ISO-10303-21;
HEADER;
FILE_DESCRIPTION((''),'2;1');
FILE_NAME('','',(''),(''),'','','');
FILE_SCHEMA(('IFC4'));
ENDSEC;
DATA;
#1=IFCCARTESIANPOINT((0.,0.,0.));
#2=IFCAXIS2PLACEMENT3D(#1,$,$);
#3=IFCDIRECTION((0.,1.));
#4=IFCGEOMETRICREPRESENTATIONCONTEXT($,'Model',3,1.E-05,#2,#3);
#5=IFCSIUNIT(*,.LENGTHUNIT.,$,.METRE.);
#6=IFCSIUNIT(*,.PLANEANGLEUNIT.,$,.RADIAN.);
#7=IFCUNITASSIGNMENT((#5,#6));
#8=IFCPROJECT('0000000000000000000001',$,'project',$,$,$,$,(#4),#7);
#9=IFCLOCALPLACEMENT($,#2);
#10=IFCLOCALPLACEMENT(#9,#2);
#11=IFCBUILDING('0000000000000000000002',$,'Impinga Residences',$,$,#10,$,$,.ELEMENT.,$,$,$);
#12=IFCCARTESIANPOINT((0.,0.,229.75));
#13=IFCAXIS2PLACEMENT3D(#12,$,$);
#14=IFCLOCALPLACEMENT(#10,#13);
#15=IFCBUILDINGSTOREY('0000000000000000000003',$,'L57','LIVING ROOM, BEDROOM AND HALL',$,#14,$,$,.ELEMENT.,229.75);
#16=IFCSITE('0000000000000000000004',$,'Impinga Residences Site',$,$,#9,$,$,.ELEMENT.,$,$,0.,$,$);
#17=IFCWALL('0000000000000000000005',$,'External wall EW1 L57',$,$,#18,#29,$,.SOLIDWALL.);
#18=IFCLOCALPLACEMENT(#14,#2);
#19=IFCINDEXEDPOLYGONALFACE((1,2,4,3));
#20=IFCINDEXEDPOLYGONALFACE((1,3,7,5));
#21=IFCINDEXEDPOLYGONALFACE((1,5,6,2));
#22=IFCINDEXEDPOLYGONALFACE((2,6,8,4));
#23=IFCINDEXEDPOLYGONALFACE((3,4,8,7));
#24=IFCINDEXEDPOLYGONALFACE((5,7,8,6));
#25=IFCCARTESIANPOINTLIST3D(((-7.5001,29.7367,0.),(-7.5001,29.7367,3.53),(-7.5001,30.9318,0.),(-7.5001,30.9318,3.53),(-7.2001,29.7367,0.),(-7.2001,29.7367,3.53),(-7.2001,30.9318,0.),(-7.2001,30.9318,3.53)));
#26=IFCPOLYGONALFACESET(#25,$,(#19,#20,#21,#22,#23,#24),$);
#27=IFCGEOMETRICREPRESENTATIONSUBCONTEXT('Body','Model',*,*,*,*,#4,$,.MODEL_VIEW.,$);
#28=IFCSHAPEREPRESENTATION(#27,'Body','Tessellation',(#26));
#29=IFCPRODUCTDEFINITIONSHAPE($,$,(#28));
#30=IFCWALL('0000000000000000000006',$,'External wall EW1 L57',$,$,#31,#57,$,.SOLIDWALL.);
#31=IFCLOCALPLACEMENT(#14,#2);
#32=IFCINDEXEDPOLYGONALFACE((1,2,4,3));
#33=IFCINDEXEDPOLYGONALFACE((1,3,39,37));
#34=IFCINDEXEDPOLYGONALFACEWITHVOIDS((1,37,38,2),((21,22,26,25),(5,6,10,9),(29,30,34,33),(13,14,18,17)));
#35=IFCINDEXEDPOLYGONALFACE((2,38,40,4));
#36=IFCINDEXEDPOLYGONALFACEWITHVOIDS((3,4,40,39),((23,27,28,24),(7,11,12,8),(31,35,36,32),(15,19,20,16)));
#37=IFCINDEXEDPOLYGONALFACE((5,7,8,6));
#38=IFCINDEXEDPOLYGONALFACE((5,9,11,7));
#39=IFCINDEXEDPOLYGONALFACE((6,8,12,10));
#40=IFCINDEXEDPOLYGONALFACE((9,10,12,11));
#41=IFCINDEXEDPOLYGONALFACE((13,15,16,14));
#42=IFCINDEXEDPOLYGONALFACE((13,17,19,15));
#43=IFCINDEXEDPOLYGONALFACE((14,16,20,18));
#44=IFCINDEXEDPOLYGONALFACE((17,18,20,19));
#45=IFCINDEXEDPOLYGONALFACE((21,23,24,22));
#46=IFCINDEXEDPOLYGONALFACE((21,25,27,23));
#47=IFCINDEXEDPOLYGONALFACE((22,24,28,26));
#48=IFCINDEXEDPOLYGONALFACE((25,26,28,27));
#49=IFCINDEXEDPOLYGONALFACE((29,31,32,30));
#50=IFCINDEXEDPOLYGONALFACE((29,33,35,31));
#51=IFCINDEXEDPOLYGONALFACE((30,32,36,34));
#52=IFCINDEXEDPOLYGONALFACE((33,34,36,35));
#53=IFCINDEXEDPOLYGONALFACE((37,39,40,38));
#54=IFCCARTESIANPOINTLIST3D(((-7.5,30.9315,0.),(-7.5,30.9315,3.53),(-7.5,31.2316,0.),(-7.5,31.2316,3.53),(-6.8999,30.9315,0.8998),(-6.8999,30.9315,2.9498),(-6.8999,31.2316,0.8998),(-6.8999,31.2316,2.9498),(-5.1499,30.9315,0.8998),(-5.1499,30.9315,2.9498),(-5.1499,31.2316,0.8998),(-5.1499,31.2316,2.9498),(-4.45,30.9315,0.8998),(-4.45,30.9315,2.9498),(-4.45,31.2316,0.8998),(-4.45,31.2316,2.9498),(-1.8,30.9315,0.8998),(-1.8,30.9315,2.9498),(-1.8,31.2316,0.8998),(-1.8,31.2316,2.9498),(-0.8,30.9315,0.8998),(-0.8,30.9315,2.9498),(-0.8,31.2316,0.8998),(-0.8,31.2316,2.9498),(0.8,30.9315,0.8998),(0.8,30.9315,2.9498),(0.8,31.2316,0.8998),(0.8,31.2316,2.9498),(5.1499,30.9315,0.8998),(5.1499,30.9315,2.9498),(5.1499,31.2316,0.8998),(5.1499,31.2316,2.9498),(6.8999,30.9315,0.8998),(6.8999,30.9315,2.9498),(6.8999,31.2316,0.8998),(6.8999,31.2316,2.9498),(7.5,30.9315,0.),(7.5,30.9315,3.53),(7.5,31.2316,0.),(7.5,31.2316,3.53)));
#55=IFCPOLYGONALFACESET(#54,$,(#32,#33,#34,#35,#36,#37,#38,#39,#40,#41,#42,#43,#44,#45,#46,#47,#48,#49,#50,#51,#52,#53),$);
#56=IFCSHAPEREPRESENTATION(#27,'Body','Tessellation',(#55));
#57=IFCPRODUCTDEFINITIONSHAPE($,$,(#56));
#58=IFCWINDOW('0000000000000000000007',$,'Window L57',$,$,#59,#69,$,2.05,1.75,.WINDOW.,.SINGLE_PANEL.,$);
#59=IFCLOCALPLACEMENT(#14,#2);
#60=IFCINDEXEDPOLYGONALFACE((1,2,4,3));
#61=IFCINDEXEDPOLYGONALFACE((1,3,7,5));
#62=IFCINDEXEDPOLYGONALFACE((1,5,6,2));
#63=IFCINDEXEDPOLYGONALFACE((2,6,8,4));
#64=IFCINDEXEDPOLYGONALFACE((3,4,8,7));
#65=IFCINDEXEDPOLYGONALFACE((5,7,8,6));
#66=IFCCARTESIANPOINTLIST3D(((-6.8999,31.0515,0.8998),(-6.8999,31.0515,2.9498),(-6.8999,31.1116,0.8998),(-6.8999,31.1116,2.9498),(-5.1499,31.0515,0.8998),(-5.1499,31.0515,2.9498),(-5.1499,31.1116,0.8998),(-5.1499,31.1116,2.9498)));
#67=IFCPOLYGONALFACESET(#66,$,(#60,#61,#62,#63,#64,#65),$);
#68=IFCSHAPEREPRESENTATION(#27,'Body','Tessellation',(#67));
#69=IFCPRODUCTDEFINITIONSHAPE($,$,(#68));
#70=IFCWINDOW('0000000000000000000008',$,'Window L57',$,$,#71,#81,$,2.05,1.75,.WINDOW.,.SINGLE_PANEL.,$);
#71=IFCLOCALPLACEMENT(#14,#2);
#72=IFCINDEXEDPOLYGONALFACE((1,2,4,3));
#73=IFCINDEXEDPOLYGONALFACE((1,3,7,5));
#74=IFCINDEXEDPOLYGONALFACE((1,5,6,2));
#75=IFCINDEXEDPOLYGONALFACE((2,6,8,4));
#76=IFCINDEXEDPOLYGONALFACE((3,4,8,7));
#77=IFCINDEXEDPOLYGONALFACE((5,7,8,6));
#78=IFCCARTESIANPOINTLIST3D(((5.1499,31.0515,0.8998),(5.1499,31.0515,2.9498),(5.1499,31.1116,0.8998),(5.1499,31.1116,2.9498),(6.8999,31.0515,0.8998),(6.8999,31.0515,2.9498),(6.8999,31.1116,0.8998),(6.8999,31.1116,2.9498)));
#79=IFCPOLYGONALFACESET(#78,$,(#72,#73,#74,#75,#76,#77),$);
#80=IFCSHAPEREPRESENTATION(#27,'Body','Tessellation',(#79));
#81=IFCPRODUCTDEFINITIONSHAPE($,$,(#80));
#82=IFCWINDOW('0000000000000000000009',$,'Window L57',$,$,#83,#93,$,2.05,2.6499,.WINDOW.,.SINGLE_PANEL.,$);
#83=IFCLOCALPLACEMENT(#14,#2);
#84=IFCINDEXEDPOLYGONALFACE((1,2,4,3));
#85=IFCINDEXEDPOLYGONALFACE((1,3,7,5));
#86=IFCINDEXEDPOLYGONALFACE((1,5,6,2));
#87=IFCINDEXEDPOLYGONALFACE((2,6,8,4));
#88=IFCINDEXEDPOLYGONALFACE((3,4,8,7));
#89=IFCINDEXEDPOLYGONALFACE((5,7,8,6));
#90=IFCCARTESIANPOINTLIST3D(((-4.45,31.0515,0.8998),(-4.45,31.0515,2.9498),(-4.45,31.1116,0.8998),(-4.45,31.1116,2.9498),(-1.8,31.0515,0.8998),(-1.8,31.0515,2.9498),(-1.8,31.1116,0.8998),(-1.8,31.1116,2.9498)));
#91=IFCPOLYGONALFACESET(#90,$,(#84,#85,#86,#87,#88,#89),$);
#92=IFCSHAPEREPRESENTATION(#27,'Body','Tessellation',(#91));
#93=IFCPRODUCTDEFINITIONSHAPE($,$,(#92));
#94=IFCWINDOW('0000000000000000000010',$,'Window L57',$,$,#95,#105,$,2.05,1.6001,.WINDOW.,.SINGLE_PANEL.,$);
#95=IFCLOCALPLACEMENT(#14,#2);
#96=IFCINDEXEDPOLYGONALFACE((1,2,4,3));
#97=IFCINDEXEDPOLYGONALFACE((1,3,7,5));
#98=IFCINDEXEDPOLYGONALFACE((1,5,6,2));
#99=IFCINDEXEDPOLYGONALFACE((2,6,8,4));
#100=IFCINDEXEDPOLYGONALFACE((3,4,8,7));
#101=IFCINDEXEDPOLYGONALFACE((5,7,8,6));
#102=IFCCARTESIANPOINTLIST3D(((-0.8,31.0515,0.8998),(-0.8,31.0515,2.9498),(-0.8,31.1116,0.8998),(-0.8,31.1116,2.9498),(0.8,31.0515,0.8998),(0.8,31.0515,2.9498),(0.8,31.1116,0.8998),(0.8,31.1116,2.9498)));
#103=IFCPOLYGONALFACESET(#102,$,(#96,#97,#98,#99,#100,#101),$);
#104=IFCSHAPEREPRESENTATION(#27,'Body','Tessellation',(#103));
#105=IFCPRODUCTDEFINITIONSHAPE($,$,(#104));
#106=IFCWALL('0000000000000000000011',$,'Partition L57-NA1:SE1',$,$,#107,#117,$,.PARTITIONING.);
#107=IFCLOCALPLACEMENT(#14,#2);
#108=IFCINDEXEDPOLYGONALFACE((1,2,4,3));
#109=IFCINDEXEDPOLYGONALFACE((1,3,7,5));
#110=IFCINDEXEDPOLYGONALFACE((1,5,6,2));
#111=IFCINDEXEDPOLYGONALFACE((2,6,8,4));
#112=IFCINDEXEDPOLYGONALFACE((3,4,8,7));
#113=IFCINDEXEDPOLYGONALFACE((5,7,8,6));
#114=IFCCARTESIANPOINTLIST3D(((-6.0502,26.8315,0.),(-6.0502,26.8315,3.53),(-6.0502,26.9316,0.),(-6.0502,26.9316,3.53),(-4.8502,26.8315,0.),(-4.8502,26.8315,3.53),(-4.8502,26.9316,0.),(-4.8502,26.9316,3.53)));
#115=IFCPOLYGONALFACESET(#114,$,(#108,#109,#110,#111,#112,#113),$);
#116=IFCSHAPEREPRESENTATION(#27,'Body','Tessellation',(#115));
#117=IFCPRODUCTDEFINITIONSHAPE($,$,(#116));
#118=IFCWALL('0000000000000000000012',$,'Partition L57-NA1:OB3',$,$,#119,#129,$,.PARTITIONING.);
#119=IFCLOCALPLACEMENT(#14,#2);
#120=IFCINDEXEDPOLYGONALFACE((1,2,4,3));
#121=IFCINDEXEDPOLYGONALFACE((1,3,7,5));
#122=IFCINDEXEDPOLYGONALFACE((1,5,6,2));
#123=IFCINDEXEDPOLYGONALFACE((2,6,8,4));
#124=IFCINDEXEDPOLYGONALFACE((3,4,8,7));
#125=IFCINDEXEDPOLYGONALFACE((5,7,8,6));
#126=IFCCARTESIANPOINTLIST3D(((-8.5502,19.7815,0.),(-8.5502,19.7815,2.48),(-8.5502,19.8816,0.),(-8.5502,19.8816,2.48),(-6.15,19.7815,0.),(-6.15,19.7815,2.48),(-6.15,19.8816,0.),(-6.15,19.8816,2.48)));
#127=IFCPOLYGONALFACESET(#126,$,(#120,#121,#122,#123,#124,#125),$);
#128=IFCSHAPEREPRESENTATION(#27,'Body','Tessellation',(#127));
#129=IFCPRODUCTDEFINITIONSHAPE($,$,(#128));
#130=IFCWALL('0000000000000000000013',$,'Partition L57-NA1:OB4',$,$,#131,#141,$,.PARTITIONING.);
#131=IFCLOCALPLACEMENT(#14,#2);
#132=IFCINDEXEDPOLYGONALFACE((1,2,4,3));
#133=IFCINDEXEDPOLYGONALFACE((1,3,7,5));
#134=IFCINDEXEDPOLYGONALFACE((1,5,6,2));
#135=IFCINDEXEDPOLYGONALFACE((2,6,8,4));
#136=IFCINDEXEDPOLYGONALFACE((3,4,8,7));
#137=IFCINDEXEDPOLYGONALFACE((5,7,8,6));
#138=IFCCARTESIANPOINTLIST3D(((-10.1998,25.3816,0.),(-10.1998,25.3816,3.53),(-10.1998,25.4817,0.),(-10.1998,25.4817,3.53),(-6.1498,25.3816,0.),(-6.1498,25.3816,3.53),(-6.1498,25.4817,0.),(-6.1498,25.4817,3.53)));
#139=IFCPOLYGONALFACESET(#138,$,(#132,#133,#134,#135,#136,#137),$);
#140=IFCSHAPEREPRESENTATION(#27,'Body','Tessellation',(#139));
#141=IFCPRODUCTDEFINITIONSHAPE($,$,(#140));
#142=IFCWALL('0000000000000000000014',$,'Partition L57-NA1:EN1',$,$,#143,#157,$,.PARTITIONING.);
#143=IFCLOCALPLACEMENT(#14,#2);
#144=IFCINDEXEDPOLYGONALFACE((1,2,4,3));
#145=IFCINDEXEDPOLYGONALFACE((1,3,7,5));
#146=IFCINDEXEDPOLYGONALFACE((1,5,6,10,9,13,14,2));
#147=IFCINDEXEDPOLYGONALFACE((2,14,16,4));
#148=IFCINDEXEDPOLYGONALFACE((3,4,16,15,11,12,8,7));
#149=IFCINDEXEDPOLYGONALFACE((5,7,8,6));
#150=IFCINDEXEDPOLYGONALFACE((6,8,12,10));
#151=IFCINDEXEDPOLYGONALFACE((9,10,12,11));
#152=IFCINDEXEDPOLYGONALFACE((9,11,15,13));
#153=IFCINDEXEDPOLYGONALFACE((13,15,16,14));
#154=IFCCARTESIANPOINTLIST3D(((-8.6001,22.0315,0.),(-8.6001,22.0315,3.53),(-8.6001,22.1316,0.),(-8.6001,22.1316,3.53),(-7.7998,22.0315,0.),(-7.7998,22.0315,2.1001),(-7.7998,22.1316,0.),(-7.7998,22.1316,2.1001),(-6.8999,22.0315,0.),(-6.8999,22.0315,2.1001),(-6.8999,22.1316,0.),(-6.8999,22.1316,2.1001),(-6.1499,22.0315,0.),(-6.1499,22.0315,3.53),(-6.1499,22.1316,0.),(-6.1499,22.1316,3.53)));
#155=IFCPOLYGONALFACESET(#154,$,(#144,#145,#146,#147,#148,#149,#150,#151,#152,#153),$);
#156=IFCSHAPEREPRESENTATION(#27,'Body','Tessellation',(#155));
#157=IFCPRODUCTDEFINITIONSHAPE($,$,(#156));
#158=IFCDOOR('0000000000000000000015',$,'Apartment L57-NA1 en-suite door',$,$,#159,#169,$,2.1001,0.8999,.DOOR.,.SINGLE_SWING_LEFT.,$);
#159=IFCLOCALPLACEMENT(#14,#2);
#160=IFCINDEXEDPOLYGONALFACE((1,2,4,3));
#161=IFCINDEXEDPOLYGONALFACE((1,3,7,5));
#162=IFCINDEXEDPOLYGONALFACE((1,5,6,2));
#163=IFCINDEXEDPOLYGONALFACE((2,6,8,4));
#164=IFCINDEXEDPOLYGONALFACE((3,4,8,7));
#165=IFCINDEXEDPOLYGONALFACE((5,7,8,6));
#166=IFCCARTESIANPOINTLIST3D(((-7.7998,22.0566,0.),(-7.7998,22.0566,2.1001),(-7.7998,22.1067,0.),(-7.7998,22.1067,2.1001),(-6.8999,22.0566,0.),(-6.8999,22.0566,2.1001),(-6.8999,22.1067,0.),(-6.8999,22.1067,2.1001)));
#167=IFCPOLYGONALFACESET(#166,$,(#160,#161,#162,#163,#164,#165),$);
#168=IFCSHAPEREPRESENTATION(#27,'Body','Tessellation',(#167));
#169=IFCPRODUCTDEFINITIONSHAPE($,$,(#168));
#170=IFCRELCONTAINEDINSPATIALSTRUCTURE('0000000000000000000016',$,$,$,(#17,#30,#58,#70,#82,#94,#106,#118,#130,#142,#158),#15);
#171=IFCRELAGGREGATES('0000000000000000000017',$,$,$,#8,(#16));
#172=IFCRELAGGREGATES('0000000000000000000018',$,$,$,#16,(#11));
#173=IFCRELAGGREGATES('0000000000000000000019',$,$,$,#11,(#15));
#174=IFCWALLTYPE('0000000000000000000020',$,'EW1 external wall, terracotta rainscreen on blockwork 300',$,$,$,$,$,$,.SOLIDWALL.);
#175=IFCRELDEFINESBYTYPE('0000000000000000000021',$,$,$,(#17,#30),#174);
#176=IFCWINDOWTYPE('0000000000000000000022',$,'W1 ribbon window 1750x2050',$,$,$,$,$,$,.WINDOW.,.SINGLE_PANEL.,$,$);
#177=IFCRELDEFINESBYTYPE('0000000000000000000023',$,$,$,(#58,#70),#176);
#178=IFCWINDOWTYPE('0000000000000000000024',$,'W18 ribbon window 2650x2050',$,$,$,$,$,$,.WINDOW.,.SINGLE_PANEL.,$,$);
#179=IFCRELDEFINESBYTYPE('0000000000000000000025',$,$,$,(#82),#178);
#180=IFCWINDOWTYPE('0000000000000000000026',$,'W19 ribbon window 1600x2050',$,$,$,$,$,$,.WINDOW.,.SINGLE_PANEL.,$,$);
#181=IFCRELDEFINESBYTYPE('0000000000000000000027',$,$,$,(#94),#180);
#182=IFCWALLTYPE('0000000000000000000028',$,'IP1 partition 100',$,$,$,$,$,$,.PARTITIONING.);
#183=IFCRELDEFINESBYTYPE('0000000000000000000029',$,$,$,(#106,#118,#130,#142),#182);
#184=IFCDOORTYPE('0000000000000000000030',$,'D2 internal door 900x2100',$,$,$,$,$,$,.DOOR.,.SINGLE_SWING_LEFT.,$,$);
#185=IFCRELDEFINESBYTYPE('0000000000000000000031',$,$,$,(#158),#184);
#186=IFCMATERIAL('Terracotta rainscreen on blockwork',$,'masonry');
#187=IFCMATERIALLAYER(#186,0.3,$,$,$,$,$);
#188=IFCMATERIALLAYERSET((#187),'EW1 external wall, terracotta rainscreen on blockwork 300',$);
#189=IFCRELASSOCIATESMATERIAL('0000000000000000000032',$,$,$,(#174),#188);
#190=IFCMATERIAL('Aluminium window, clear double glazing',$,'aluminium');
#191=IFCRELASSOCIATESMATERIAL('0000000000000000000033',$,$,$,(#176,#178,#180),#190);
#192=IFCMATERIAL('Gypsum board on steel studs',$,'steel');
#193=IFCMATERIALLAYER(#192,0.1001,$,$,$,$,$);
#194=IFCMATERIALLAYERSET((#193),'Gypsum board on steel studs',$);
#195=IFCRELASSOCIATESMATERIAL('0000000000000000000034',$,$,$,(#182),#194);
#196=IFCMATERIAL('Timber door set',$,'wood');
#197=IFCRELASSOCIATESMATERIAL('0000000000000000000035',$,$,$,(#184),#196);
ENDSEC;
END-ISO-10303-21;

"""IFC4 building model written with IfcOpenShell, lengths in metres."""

from ifc_helpers import new_model, si_unit, direction, frame, frame_2d, origin, place, context, subcontext, project, spatial, rectangle, extrude, material, layer, layer_set, type_object, element, fill, save


model = new_model("IFC4")

# Units and contexts
model_context = context("Model", 3, precision=1e-05, world=origin(), true_north=direction((0.0, 1.0)))
body_context = subcontext(model_context, "Body", "Model", "MODEL_VIEW")
ifc_project = project(units=[si_unit("LENGTHUNIT", "METRE"), si_unit("PLANEANGLEUNIT", "RADIAN")], contexts=[model_context])

# Site, building, storey
site_placement = place(None, origin())
site = spatial("IfcSite", under=ifc_project, at=site_placement, Name="Impinga Residences Site", CompositionType="ELEMENT", RefElevation=0.0)
building_placement = place(site_placement, origin())
building = spatial("IfcBuilding", under=site, at=building_placement, Name="Impinga Residences", CompositionType="ELEMENT")
storey_placement = place(building_placement, frame((0.0, 0.0, 229.75)))
storey = spatial("IfcBuildingStorey", under=building, at=storey_placement, Name="L57", Description="LIVING ROOM, BEDROOM AND HALL", CompositionType="ELEMENT", Elevation=229.75)

# Shared definitions
ifc_material_1 = material(Name="Timber door set", Category="wood")

# Wall
ifc_material_2 = material(Name="Terracotta rainscreen on blockwork", Category="masonry")
ifc_layer_1 = layer(ifc_material_2, 0.3)
ifc_layer_set_1 = layer_set([ifc_layer_1], Name="EW1 external wall, terracotta rainscreen on blockwork 300")
wall_type_1 = type_object("IfcWallType", Name="EW1 external wall, terracotta rainscreen on blockwork 300", PredefinedType="SOLIDWALL", material=ifc_layer_set_1)
wall_1_placement = place(storey_placement, frame((-7.3501, 29.7366, 0.0), z_axis=(0.0, 0.0, 1.0), x_axis=(0.0, 1.0, 0.0)))
element("IfcWall", 1, at=wall_1_placement, inside=storey, type_object=wall_type_1, Name="External wall EW1 L57", PredefinedType="SOLIDWALL", context=body_context, shape_type="SweptSolid", body=[
    extrude(rectangle(XDim=1.1951, YDim=0.3, at=frame_2d((0.5977, 0.0))), origin(), (0.0, 0.0, 1.0), 3.53),
])

# Wall, openings, windows
wall_2_placement = place(storey_placement, frame((-7.5, 31.0815, 0.0), z_axis=(0.0, 0.0, 1.0), x_axis=(1.0, 0.0, 0.0)))
wall_2 = element("IfcWall", 2, at=wall_2_placement, inside=storey, type_object=wall_type_1, Name="External wall EW1 L57", PredefinedType="SOLIDWALL", context=body_context, shape_type="SweptSolid", body=[
    extrude(rectangle(XDim=15.0, YDim=0.3, at=frame_2d((7.5, 0.0))), origin(), (0.0, 0.0, 1.0), 3.53),
])
opening_1_placement = place(wall_2_placement, frame((0.6001, 0.0, 0.8999)))
opening_1 = element("IfcOpeningElement", 3, at=opening_1_placement, cuts=wall_2, PredefinedType="OPENING", context=body_context, shape_type="SweptSolid", body=[
    extrude(rectangle(XDim=1.75, YDim=2.05, at=frame_2d((0.875, 1.0249))), frame((0.0, 0.1599, 0.0), z_axis=(0.0, -1.0, 0.0), x_axis=(1.0, 0.0, 0.0)), (0.0, 0.0, 1.0), 0.3201),
])
opening_2_placement = place(wall_2_placement, frame((3.05, 0.0, 0.8999)))
opening_2 = element("IfcOpeningElement", 4, at=opening_2_placement, cuts=wall_2, PredefinedType="OPENING", context=body_context, shape_type="SweptSolid", body=[
    extrude(rectangle(XDim=2.6499, YDim=2.05, at=frame_2d((1.325, 1.0249))), frame((0.0, 0.1599, 0.0), z_axis=(0.0, -1.0, 0.0), x_axis=(1.0, 0.0, 0.0)), (0.0, 0.0, 1.0), 0.3201),
])
opening_3_placement = place(wall_2_placement, frame((6.7, 0.0, 0.8999)))
opening_3 = element("IfcOpeningElement", 5, at=opening_3_placement, cuts=wall_2, PredefinedType="OPENING", context=body_context, shape_type="SweptSolid", body=[
    extrude(rectangle(XDim=1.6001, YDim=2.05, at=frame_2d((0.8, 1.0249))), frame((0.0, 0.1599, 0.0), z_axis=(0.0, -1.0, 0.0), x_axis=(1.0, 0.0, 0.0)), (0.0, 0.0, 1.0), 0.3201),
])
opening_4_placement = place(wall_2_placement, frame((12.6499, 0.0, 0.8999)))
opening_4 = element("IfcOpeningElement", 6, at=opening_4_placement, cuts=wall_2, PredefinedType="OPENING", context=body_context, shape_type="SweptSolid", body=[
    extrude(rectangle(XDim=1.75, YDim=2.05, at=frame_2d((0.875, 1.0249))), frame((0.0, 0.1599, 0.0), z_axis=(0.0, -1.0, 0.0), x_axis=(1.0, 0.0, 0.0)), (0.0, 0.0, 1.0), 0.3201),
])
ifc_material_3 = material(Name="Aluminium window, clear double glazing", Category="aluminium")
window_type_1 = type_object("IfcWindowType", Name="W1 ribbon window 1750x2050", PartitioningType="SINGLE_PANEL", PredefinedType="WINDOW", material=ifc_material_3)
window_1_placement = place(opening_1_placement, origin())
window_1 = element("IfcWindow", 7, at=window_1_placement, inside=storey, type_object=window_type_1, Name="Window L57", OverallHeight=2.05, OverallWidth=1.75, PartitioningType="SINGLE_PANEL", PredefinedType="WINDOW", context=body_context, shape_type="SweptSolid", body=[
    extrude(rectangle(XDim=1.75, YDim=2.05, at=frame_2d((0.875, 1.0249))), frame((0.0, 0.03, 0.0), z_axis=(0.0, -1.0, 0.0), x_axis=(1.0, 0.0, 0.0)), (0.0, 0.0, 1.0), 0.0601),
])
fill(opening_1, window_1)
window_2_placement = place(opening_4_placement, origin())
window_2 = element("IfcWindow", 8, at=window_2_placement, inside=storey, type_object=window_type_1, Name="Window L57", OverallHeight=2.05, OverallWidth=1.75, PartitioningType="SINGLE_PANEL", PredefinedType="WINDOW", context=body_context, shape_type="SweptSolid", body=[
    extrude(rectangle(XDim=1.75, YDim=2.05, at=frame_2d((0.875, 1.0249))), frame((0.0, 0.03, 0.0), z_axis=(0.0, -1.0, 0.0), x_axis=(1.0, 0.0, 0.0)), (0.0, 0.0, 1.0), 0.0601),
])
fill(opening_4, window_2)
window_type_2 = type_object("IfcWindowType", Name="W18 ribbon window 2650x2050", PartitioningType="SINGLE_PANEL", PredefinedType="WINDOW", material=ifc_material_3)
window_3_placement = place(opening_2_placement, origin())
window_3 = element("IfcWindow", 9, at=window_3_placement, inside=storey, type_object=window_type_2, Name="Window L57", OverallHeight=2.05, OverallWidth=2.6499, PartitioningType="SINGLE_PANEL", PredefinedType="WINDOW", context=body_context, shape_type="SweptSolid", body=[
    extrude(rectangle(XDim=2.6499, YDim=2.05, at=frame_2d((1.325, 1.0249))), frame((0.0, 0.03, 0.0), z_axis=(0.0, -1.0, 0.0), x_axis=(1.0, 0.0, 0.0)), (0.0, 0.0, 1.0), 0.0601),
])
fill(opening_2, window_3)
window_type_3 = type_object("IfcWindowType", Name="W19 ribbon window 1600x2050", PartitioningType="SINGLE_PANEL", PredefinedType="WINDOW", material=ifc_material_3)
window_4_placement = place(opening_3_placement, origin())
window_4 = element("IfcWindow", 10, at=window_4_placement, inside=storey, type_object=window_type_3, Name="Window L57", OverallHeight=2.05, OverallWidth=1.6001, PartitioningType="SINGLE_PANEL", PredefinedType="WINDOW", context=body_context, shape_type="SweptSolid", body=[
    extrude(rectangle(XDim=1.6001, YDim=2.05, at=frame_2d((0.8, 1.0249))), frame((0.0, 0.03, 0.0), z_axis=(0.0, -1.0, 0.0), x_axis=(1.0, 0.0, 0.0)), (0.0, 0.0, 1.0), 0.0601),
])
fill(opening_3, window_4)

# Walls
ifc_material_4 = material(Name="Gypsum board on steel studs", Category="steel")
ifc_layer_2 = layer(ifc_material_4, 0.1001)
ifc_layer_set_2 = layer_set([ifc_layer_2], Name="Gypsum board on steel studs")
wall_type_2 = type_object("IfcWallType", Name="IP1 partition 100", PredefinedType="PARTITIONING", material=ifc_layer_set_2)
wall_3_placement = place(storey_placement, frame((-4.8501, 26.8816, 0.0), z_axis=(0.0, 0.0, 1.0), x_axis=(-1.0, 0.0, 0.0)))
element("IfcWall", 11, at=wall_3_placement, inside=storey, type_object=wall_type_2, Name="Partition L57-NA1:SE1", PredefinedType="PARTITIONING", context=body_context, shape_type="SweptSolid", body=[
    extrude(rectangle(XDim=1.2, YDim=0.1001, at=frame_2d((0.6001, 0.0))), origin(), (0.0, 0.0, 1.0), 3.53),
])
wall_4_placement = place(storey_placement, frame((-6.1499, 19.8315, 0.0), z_axis=(0.0, 0.0, 1.0), x_axis=(-1.0, 0.0, 0.0)))
element("IfcWall", 12, at=wall_4_placement, inside=storey, type_object=wall_type_2, Name="Partition L57-NA1:OB3", PredefinedType="PARTITIONING", context=body_context, shape_type="SweptSolid", body=[
    extrude(rectangle(XDim=2.4001, YDim=0.1001, at=frame_2d((1.2002, 0.0))), origin(), (0.0, 0.0, 1.0), 2.48),
])
wall_5_placement = place(storey_placement, frame((-6.1499, 25.4316, 0.0), z_axis=(0.0, 0.0, 1.0), x_axis=(-1.0, 0.0, 0.0)))
element("IfcWall", 13, at=wall_5_placement, inside=storey, type_object=wall_type_2, Name="Partition L57-NA1:OB4", PredefinedType="PARTITIONING", context=body_context, shape_type="SweptSolid", body=[
    extrude(rectangle(XDim=4.05, YDim=0.1001, at=frame_2d((2.0249, 0.0))), origin(), (0.0, 0.0, 1.0), 3.53),
])

# Wall, opening, door
wall_6_placement = place(storey_placement, frame((-6.1499, 22.0815, 0.0), z_axis=(0.0, 0.0, 1.0), x_axis=(-1.0, 0.0, 0.0)))
wall_6 = element("IfcWall", 14, at=wall_6_placement, inside=storey, type_object=wall_type_2, Name="Partition L57-NA1:EN1", PredefinedType="PARTITIONING", context=body_context, shape_type="SweptSolid", body=[
    extrude(rectangle(XDim=2.4502, YDim=0.1001, at=frame_2d((1.2251, 0.0))), origin(), (0.0, 0.0, 1.0), 3.53),
])
opening_5_placement = place(wall_6_placement, frame((0.75, 0.0, 0.0)))
opening_5 = element("IfcOpeningElement", 15, at=opening_5_placement, cuts=wall_6, PredefinedType="OPENING", context=body_context, shape_type="SweptSolid", body=[
    extrude(rectangle(XDim=0.8999, YDim=2.1001, at=frame_2d((0.45, 1.05))), frame((0.0, 0.0601, 0.0), z_axis=(0.0, -1.0, 0.0), x_axis=(1.0, 0.0, 0.0)), (0.0, 0.0, 1.0), 0.1201),
])
door_type_1 = type_object("IfcDoorType", Name="D2 internal door 900x2100", OperationType="SINGLE_SWING_LEFT", PredefinedType="DOOR", material=ifc_material_1)
door_1_placement = place(opening_5_placement, origin())
door_1 = element("IfcDoor", 16, at=door_1_placement, inside=storey, type_object=door_type_1, Name="Apartment L57-NA1 en-suite door", OperationType="SINGLE_SWING_LEFT", OverallHeight=2.1001, OverallWidth=0.8999, PredefinedType="DOOR", context=body_context, shape_type="SweptSolid", body=[
    extrude(rectangle(XDim=0.8999, YDim=2.1001, at=frame_2d((0.45, 1.05))), frame((0.0, 0.0249, 0.0), z_axis=(0.0, -1.0, 0.0), x_axis=(1.0, 0.0, 0.0)), (0.0, 0.0, 1.0), 0.05),
])
fill(opening_5, door_1)

save(model, "model.ifc")
